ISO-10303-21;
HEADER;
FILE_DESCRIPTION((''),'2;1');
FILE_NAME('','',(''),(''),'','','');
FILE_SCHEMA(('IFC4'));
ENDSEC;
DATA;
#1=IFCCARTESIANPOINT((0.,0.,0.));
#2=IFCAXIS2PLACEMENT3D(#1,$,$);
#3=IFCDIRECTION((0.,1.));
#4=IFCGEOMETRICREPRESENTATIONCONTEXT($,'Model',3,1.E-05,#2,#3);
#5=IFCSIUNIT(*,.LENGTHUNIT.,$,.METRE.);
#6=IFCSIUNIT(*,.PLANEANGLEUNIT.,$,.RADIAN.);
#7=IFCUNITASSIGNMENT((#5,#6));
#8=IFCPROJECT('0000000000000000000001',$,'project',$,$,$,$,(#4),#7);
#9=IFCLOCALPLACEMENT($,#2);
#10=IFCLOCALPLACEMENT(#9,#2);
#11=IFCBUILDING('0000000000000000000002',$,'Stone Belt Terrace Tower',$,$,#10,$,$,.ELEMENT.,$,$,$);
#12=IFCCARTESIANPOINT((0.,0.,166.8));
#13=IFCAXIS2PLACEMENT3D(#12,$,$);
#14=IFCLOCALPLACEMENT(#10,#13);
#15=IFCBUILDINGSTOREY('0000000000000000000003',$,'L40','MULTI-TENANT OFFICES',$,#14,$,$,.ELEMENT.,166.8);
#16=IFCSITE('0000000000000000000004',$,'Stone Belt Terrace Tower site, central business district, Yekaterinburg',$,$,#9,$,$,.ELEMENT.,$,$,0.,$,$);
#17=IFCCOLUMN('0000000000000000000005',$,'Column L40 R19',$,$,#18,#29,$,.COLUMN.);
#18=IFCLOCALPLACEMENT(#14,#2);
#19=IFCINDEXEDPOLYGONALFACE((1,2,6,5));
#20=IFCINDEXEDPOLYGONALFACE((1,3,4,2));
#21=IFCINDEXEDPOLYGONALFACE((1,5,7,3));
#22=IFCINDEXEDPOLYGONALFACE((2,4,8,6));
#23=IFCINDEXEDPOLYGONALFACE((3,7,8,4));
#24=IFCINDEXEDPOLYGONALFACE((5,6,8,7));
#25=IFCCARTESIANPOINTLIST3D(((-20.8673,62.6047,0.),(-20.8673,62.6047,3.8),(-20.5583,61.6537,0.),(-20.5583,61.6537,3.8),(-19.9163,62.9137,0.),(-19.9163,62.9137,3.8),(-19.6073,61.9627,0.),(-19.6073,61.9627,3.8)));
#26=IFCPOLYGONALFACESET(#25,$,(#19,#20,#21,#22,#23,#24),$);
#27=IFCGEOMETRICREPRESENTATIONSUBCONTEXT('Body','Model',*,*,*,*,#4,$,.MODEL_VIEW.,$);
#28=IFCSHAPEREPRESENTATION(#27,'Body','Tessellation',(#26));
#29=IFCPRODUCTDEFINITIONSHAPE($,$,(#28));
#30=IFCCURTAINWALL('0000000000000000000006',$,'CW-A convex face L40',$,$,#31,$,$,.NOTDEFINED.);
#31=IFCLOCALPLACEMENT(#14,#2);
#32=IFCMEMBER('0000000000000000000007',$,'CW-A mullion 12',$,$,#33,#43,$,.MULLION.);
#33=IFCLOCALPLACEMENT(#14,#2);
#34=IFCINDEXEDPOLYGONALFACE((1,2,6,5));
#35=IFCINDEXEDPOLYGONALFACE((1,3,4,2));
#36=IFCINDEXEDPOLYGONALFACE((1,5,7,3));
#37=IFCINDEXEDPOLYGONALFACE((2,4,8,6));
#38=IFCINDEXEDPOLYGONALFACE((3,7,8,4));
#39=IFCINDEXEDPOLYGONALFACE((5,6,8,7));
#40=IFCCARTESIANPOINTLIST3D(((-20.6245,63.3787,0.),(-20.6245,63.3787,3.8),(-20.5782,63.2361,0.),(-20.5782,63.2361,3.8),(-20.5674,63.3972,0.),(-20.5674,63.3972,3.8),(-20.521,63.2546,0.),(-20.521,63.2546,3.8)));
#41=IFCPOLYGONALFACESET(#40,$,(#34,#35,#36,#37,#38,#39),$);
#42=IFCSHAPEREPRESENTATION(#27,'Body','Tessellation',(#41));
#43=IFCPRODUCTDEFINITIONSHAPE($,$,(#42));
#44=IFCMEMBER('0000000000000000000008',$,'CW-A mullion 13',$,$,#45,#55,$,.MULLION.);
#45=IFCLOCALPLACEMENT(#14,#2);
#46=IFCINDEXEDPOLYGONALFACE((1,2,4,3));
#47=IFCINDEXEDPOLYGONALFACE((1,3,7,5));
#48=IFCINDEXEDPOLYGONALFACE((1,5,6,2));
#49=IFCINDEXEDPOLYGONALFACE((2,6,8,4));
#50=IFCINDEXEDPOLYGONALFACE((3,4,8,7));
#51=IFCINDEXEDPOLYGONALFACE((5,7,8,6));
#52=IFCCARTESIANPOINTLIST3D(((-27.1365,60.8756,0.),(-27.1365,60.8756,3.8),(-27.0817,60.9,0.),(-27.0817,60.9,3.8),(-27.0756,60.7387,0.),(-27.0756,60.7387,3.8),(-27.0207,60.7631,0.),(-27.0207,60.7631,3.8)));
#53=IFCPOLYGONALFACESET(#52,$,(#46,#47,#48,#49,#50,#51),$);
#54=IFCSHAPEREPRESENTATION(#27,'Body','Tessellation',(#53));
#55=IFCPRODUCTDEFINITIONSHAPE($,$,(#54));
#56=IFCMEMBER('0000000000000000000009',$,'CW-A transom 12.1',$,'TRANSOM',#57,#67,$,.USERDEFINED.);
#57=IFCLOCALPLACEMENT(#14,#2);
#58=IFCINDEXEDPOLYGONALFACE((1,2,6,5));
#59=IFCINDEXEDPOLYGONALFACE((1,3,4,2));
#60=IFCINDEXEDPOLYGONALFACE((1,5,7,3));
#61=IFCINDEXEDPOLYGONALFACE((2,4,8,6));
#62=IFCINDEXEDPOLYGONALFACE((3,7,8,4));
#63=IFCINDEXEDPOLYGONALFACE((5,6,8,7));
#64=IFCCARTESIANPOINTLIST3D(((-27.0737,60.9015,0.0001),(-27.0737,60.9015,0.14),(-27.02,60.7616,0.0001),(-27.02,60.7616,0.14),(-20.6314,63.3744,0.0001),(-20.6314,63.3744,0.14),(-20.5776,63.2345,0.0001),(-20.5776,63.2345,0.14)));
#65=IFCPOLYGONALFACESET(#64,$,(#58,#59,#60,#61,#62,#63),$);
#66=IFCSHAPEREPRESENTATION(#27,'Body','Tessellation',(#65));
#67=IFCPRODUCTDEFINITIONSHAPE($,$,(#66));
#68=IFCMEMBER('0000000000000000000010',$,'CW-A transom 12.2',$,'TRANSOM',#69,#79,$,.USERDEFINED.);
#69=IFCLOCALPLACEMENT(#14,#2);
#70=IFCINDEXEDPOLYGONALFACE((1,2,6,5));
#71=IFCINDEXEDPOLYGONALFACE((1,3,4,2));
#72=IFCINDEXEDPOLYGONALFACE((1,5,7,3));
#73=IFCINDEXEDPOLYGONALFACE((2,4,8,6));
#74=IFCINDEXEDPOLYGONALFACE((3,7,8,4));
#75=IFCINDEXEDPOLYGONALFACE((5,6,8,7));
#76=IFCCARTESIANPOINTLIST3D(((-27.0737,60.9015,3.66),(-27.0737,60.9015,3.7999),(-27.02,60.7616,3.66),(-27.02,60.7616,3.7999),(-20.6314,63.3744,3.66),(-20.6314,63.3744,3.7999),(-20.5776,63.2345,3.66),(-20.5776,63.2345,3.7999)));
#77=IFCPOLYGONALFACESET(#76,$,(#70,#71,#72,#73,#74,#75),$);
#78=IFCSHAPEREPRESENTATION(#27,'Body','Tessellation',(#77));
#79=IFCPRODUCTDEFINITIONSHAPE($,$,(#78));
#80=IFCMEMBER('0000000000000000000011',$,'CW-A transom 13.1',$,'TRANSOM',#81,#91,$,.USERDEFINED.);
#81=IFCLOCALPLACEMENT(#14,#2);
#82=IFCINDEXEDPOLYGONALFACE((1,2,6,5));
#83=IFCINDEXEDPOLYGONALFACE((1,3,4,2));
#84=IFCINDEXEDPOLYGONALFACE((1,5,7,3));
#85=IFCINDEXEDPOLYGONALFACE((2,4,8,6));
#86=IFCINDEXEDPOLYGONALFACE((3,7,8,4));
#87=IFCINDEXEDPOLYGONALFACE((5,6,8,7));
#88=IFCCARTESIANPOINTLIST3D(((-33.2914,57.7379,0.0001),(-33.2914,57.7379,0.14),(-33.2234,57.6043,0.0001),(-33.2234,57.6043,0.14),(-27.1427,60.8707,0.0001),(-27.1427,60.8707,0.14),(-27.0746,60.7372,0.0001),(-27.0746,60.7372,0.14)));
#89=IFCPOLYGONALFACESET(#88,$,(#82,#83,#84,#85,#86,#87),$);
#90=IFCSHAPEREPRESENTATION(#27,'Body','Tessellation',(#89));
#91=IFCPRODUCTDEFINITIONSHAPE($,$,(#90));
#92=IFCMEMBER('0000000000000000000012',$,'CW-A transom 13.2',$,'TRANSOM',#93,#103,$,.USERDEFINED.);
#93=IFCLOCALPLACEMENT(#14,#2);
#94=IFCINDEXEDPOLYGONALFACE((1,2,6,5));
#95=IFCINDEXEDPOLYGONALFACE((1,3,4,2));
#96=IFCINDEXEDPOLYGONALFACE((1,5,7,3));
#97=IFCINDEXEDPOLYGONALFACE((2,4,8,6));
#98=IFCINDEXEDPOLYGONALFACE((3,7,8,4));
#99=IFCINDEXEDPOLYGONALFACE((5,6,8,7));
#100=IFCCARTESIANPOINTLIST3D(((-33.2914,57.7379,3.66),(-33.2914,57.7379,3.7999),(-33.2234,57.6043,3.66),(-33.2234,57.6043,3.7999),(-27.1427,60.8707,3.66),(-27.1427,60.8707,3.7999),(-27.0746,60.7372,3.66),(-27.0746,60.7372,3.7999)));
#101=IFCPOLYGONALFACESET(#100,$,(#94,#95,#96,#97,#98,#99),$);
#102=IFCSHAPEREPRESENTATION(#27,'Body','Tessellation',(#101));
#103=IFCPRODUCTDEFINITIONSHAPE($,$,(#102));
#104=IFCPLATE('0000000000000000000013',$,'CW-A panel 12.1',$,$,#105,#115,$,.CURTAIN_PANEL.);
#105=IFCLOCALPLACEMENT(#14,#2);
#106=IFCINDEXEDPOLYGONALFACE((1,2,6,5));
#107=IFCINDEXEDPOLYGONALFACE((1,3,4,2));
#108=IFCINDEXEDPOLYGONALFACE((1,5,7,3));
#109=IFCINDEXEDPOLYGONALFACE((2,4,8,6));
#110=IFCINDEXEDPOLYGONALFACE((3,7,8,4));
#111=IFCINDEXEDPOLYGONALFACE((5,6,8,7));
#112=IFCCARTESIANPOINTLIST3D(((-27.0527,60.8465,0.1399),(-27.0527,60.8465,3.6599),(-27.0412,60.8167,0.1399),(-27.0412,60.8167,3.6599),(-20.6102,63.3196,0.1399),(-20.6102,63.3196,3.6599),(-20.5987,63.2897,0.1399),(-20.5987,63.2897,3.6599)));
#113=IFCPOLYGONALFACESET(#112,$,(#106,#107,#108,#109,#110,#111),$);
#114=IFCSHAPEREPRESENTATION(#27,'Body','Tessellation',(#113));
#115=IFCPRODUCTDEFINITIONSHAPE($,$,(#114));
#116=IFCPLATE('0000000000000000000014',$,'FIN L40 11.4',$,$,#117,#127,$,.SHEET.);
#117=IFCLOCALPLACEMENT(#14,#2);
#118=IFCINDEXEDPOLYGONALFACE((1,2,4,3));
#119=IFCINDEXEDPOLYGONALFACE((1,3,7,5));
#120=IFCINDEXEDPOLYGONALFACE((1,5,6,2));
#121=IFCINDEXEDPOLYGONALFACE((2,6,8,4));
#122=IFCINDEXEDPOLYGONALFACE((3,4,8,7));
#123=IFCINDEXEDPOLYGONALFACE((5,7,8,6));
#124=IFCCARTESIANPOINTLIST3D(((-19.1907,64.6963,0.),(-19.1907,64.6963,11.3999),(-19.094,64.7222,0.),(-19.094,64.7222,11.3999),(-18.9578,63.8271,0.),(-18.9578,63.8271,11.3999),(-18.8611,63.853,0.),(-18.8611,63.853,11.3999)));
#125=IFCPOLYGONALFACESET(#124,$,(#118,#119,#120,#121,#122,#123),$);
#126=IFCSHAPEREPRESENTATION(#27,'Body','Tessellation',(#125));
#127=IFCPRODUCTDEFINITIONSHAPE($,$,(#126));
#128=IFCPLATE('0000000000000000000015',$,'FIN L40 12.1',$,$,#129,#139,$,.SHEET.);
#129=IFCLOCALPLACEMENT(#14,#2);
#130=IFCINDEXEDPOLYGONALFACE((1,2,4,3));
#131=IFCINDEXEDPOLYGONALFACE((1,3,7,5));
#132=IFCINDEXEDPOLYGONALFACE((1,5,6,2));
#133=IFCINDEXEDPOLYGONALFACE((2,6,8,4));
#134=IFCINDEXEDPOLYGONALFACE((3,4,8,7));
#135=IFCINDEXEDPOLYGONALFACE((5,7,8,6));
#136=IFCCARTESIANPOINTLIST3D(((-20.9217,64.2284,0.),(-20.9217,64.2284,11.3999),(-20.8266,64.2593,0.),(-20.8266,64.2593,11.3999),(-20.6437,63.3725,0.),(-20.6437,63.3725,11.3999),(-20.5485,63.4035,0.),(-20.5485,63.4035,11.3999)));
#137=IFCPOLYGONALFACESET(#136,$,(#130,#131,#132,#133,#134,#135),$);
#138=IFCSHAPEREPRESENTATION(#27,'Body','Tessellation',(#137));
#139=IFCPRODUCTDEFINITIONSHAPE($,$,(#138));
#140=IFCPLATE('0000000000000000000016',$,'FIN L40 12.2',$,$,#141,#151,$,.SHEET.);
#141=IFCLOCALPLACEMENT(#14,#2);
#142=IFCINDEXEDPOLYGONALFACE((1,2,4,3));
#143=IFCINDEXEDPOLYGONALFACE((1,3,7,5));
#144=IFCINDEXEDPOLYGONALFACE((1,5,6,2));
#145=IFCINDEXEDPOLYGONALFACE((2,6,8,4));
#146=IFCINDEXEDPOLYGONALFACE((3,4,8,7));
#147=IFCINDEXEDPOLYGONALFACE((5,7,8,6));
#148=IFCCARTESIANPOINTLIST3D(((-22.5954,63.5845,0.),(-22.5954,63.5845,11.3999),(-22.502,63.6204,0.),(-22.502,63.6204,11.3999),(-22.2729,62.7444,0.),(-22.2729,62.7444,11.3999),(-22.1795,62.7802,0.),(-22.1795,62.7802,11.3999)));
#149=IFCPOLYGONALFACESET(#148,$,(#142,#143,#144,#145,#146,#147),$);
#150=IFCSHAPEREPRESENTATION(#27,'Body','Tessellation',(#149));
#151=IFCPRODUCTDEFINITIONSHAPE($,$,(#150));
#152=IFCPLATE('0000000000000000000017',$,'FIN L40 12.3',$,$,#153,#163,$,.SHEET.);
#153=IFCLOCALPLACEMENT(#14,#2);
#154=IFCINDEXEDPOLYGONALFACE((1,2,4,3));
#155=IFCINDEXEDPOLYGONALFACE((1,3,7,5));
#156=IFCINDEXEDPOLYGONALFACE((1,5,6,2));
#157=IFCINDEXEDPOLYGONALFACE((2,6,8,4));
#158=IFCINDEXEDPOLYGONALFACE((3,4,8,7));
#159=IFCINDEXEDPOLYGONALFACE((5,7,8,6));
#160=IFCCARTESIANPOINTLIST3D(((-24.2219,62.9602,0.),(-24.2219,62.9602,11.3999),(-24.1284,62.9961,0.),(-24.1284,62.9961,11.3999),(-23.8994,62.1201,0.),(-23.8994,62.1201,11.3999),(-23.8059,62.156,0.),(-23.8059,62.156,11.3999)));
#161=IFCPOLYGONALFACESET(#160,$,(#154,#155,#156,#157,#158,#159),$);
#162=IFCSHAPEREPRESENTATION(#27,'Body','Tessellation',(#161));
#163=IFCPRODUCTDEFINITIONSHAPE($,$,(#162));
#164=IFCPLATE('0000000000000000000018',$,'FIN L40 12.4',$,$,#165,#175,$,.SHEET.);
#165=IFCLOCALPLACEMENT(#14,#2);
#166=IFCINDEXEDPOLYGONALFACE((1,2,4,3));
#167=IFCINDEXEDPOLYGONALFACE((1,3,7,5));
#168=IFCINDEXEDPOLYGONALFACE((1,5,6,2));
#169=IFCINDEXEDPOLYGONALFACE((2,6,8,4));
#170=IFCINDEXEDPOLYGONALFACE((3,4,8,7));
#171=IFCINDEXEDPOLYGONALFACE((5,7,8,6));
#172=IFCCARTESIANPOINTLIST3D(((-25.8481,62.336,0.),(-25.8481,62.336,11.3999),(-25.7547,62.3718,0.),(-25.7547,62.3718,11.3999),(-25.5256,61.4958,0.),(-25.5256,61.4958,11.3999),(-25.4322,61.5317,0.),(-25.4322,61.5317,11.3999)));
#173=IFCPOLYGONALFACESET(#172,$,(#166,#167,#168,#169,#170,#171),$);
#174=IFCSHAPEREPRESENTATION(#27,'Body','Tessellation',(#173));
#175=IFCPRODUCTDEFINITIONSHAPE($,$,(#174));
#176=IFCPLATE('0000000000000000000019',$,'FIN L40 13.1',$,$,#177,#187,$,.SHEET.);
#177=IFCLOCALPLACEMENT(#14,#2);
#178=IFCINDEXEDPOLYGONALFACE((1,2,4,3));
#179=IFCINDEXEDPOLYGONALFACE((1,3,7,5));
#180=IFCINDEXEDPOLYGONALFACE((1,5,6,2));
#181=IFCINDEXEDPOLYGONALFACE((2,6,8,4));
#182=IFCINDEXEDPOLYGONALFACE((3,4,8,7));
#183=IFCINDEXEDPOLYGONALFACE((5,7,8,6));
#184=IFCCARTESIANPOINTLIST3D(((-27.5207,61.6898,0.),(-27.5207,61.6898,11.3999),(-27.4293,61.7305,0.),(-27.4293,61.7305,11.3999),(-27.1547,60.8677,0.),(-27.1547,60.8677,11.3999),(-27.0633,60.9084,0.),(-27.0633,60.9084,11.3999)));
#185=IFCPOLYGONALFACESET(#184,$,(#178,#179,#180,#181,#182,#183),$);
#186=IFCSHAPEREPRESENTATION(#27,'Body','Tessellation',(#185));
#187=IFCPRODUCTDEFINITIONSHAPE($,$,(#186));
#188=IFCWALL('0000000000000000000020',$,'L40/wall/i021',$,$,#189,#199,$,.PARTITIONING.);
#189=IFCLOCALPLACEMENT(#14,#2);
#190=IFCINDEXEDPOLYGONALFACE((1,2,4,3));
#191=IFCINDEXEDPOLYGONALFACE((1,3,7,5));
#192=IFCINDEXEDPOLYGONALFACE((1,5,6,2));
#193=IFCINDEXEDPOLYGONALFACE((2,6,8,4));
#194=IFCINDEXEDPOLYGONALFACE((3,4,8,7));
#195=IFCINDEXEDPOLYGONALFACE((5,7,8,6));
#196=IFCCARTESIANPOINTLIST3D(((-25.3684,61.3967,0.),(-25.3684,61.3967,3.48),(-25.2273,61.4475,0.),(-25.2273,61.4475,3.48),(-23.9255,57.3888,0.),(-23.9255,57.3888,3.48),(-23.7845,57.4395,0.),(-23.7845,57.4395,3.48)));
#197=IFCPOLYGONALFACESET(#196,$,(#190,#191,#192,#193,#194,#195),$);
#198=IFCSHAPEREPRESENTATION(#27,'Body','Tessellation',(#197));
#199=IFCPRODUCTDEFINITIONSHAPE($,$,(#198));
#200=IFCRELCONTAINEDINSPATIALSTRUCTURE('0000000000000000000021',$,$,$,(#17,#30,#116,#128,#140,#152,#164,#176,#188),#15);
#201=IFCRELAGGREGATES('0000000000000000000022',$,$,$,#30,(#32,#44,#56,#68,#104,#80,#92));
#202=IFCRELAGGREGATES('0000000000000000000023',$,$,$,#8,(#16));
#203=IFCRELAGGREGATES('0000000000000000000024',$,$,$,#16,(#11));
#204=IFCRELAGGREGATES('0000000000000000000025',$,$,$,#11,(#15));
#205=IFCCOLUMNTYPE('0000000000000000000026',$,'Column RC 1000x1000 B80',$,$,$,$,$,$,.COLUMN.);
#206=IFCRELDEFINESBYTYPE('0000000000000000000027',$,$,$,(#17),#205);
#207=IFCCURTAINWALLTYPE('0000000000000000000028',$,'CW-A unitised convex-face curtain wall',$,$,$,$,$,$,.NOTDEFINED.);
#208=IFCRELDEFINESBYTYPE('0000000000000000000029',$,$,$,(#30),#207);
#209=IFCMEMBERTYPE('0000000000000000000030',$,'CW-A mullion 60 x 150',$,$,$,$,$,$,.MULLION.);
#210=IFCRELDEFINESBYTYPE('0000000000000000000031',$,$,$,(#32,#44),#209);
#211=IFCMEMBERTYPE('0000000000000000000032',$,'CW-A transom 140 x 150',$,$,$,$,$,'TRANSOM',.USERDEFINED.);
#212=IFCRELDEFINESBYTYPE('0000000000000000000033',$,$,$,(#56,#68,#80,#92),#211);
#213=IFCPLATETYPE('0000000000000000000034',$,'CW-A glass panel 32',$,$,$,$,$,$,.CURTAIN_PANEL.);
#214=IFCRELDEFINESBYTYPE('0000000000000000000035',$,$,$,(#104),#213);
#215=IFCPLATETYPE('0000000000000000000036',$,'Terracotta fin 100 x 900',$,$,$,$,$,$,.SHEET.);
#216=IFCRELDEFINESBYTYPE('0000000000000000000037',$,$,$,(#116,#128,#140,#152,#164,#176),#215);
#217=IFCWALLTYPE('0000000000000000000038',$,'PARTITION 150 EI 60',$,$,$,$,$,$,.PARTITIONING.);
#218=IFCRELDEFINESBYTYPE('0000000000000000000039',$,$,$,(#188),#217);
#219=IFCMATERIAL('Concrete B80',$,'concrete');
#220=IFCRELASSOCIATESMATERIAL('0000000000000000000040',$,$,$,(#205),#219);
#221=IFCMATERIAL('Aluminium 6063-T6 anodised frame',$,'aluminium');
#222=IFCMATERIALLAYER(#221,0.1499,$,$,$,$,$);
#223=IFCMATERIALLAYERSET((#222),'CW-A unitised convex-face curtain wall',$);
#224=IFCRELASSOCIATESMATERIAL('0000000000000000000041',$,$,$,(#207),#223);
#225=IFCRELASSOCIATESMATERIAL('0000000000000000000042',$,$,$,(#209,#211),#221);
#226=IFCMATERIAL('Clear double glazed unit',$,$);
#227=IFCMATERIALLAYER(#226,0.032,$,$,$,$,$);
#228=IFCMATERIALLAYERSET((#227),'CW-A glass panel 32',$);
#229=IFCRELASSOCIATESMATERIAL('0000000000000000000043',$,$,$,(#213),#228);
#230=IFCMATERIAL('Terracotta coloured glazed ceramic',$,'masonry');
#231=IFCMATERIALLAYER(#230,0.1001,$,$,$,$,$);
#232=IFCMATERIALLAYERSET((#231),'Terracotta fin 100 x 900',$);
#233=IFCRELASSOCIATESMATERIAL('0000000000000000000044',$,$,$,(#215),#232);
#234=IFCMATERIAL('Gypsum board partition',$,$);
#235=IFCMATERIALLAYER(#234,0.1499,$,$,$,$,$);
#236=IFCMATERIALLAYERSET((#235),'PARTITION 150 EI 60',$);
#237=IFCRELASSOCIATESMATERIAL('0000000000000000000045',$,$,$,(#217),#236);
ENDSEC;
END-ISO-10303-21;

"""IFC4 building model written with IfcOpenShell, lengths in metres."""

from ifc_helpers import new_model, si_unit, direction, frame, frame_2d, origin, origin_2d, place, context, subcontext, project, spatial, rectangle, extrude, material, layer, layer_set, material_profile, profile_set, type_object, element, aggregate, save


model = new_model("IFC4")

# Units and contexts
model_context = context("Model", 3, precision=1e-05, world=origin(), true_north=direction((0.0, 1.0)))
body_context = subcontext(model_context, "Body", "Model", "MODEL_VIEW")
ifc_project = project(units=[si_unit("LENGTHUNIT", "METRE"), si_unit("PLANEANGLEUNIT", "RADIAN")], contexts=[model_context])

# Site, building, storey
site_placement = place(None, origin())
site = spatial("IfcSite", under=ifc_project, at=site_placement, Name="Stone Belt Terrace Tower site, central business district, Yekaterinburg", CompositionType="ELEMENT", RefElevation=0.0)
building_placement = place(site_placement, origin())
building = spatial("IfcBuilding", under=site, at=building_placement, Name="Stone Belt Terrace Tower", CompositionType="ELEMENT")
storey_placement = place(building_placement, frame((0.0, 0.0, 166.8)))
storey = spatial("IfcBuildingStorey", under=building, at=storey_placement, Name="L40", Description="MULTI-TENANT OFFICES", CompositionType="ELEMENT", Elevation=166.8)

# Column
ifc_material_1 = material(Name="Concrete B80", Category="concrete")
ifc_material_profile_1 = material_profile(ifc_material_1, rectangle(XDim=1.0, YDim=1.0, at=origin_2d()), Name="RC 1000x1000")
ifc_profile_set_1 = profile_set([ifc_material_profile_1], Name="Concrete B80")
column_type = type_object("IfcColumnType", Name="Column RC 1000x1000 B80", PredefinedType="COLUMN", material=ifc_profile_set_1)
column_placement = place(storey_placement, frame((-20.2373, 62.2837, 0.0), z_axis=(0.0, 0.0, 1.0), x_axis=(0.951057, 0.309017, 0.0)))
element("IfcColumn", 1, at=column_placement, inside=storey, type_object=column_type, Name="Column L40 R19", PredefinedType="COLUMN", context=body_context, shape_type="SweptSolid", body=[
    extrude(rectangle(XDim=1.0, YDim=1.0, at=origin_2d()), origin(), (0.0, 0.0, 1.0), 3.8),
])

# Curtain wall, members, plate
ifc_material_2 = material(Name="Aluminium 6063-T6 anodised frame", Category="aluminium")
ifc_layer_1 = layer(ifc_material_2, 0.1499)
ifc_layer_set_1 = layer_set([ifc_layer_1], Name="CW-A unitised convex-face curtain wall")
curtain_wall_type = type_object("IfcCurtainWallType", Name="CW-A unitised convex-face curtain wall", PredefinedType="NOTDEFINED", material=ifc_layer_set_1)
curtain_wall_placement = place(storey_placement, origin())
curtain_wall = element("IfcCurtainWall", 2, at=curtain_wall_placement, inside=storey, type_object=curtain_wall_type, Name="CW-A convex face L40", PredefinedType="NOTDEFINED")
ifc_material_profile_2 = material_profile(ifc_material_2, rectangle(XDim=0.1499, YDim=0.0601, at=origin_2d()), Name="Aluminium 6063-T6 60x150")
ifc_profile_set_2 = profile_set([ifc_material_profile_2], Name="Aluminium 6063-T6 anodised frame")
member_type_1 = type_object("IfcMemberType", Name="CW-A mullion 60 x 150", PredefinedType="MULLION", material=ifc_profile_set_2)
member_1_placement = place(storey_placement, frame((-20.5728, 63.3167, 0.0), z_axis=(0.0, 0.0, 1.0), x_axis=(0.309017, -0.951057, 0.0)))
member_1 = element("IfcMember", 3, at=member_1_placement, type_object=member_type_1, Name="CW-A mullion 12", PredefinedType="MULLION", context=body_context, shape_type="SweptSolid", body=[
    extrude(rectangle(XDim=0.1499, YDim=0.0601, at=origin_2d()), origin(), (0.0, 0.0, 1.0), 3.8),
])
member_2_placement = place(storey_placement, frame((-27.0786, 60.8193, 0.0), z_axis=(0.0, 0.0, 1.0), x_axis=(0.406737, -0.913545, 0.0)))
member_2 = element("IfcMember", 4, at=member_2_placement, type_object=member_type_1, Name="CW-A mullion 13", PredefinedType="MULLION", context=body_context, shape_type="SweptSolid", body=[
    extrude(rectangle(XDim=0.1499, YDim=0.0601, at=origin_2d()), origin(), (0.0, 0.0, 1.0), 3.8),
])
ifc_material_profile_3 = material_profile(ifc_material_2, rectangle(XDim=0.1499, YDim=0.1399, at=origin_2d()), Name="Aluminium 6063-T6 150x140")
ifc_profile_set_3 = profile_set([ifc_material_profile_3], Name="Aluminium 6063-T6 anodised frame")
member_type_2 = type_object("IfcMemberType", Name="CW-A transom 140 x 150", ElementType="TRANSOM", PredefinedType="USERDEFINED", material=ifc_profile_set_3)
member_3_placement = place(storey_placement, frame((-20.6045, 63.3044, 0.0701), z_axis=(-0.933585, -0.358355, 0.0), x_axis=(0.358355, -0.933585, 0.0)))
member_3 = element("IfcMember", 5, at=member_3_placement, type_object=member_type_2, Name="CW-A transom 12.1", ObjectType="TRANSOM", PredefinedType="USERDEFINED", context=body_context, shape_type="SweptSolid", body=[
    extrude(rectangle(XDim=0.1499, YDim=0.1399, at=origin_2d()), origin(), (0.0, 0.0, 1.0), 6.9006),
])
member_4_placement = place(storey_placement, frame((-20.6045, 63.3044, 3.73), z_axis=(-0.933585, -0.358355, 0.0), x_axis=(0.358355, -0.933585, 0.0)))
member_4 = element("IfcMember", 6, at=member_4_placement, type_object=member_type_2, Name="CW-A transom 12.2", ObjectType="TRANSOM", PredefinedType="USERDEFINED", context=body_context, shape_type="SweptSolid", body=[
    extrude(rectangle(XDim=0.1499, YDim=0.1399, at=origin_2d()), origin(), (0.0, 0.0, 1.0), 6.9006),
])
member_5_placement = place(storey_placement, frame((-27.1086, 60.804, 0.0701), z_axis=(-0.891012, -0.453979, 0.0), x_axis=(0.453979, -0.891012, 0.0)))
member_5 = element("IfcMember", 7, at=member_5_placement, type_object=member_type_2, Name="CW-A transom 13.1", ObjectType="TRANSOM", PredefinedType="USERDEFINED", context=body_context, shape_type="SweptSolid", body=[
    extrude(rectangle(XDim=0.1499, YDim=0.1399, at=origin_2d()), origin(), (0.0, 0.0, 1.0), 6.9009),
])
member_6_placement = place(storey_placement, frame((-27.1086, 60.804, 3.73), z_axis=(-0.891012, -0.453979, 0.0), x_axis=(0.453979, -0.891012, 0.0)))
member_6 = element("IfcMember", 8, at=member_6_placement, type_object=member_type_2, Name="CW-A transom 13.2", ObjectType="TRANSOM", PredefinedType="USERDEFINED", context=body_context, shape_type="SweptSolid", body=[
    extrude(rectangle(XDim=0.1499, YDim=0.1399, at=origin_2d()), origin(), (0.0, 0.0, 1.0), 6.9009),
])
ifc_material_3 = material(Name="Clear double glazed unit")
ifc_layer_2 = layer(ifc_material_3, 0.032)
ifc_layer_set_2 = layer_set([ifc_layer_2], Name="CW-A glass panel 32")
plate_type_1 = type_object("IfcPlateType", Name="CW-A glass panel 32", PredefinedType="CURTAIN_PANEL", material=ifc_layer_set_2)
plate_placement = place(storey_placement, frame((-23.8257, 62.0681, 0.1399), z_axis=(0.0, 0.0, 1.0), x_axis=(-0.93358, -0.358368, 0.0)))
plate = element("IfcPlate", 9, at=plate_placement, type_object=plate_type_1, Name="CW-A panel 12.1", PredefinedType="CURTAIN_PANEL", context=body_context, shape_type="SweptSolid", body=[
    extrude(rectangle(XDim=6.9009, YDim=0.032, at=origin_2d()), origin(), (0.0, 0.0, 1.0), 3.52),
])
aggregate(curtain_wall, [member_1, member_2, member_3, member_4, plate, member_5, member_6])

# Plates
ifc_material_4 = material(Name="Terracotta coloured glazed ceramic", Category="masonry")
ifc_layer_3 = layer(ifc_material_4, 0.1001)
ifc_layer_set_3 = layer_set([ifc_layer_3], Name="Terracotta fin 100 x 900")
plate_type_2 = type_object("IfcPlateType", Name="Terracotta fin 100 x 900", PredefinedType="SHEET", material=ifc_layer_set_3)
for number, where, z_axis, x_axis, name in (
    (10, (-19.0259, 64.2747, 0.0), (0.0, 0.0, 1.0), (-0.258819, 0.965926, 0.0), "FIN L40 11.4"),
    (11, (-20.7351, 63.8159, 0.0), (0.0, 0.0, 1.0), (-0.309017, 0.951057, 0.0), "FIN L40 12.1"),
    (12, (-22.3875, 63.1824, 0.0), (0.0, 0.0, 1.0), (-0.358368, 0.93358, 0.0), "FIN L40 12.2"),
    (13, (-24.0139, 62.5581, 0.0), (0.0, 0.0, 1.0), (-0.358368, 0.93358, 0.0), "FIN L40 12.3"),
    (14, (-25.6401, 61.9338, 0.0), (0.0, 0.0, 1.0), (-0.358368, 0.93358, 0.0), "FIN L40 12.4"),
    (15, (-27.292, 61.2991, 0.0), (0.0, 0.0, 1.0), (-0.406737, 0.913545, 0.0), "FIN L40 13.1"),
):
    element("IfcPlate", number, at=place(storey_placement, frame(where, z_axis=z_axis, x_axis=x_axis)), inside=storey, type_object=plate_type_2, Name=name, PredefinedType="SHEET", context=body_context, shape_type="SweptSolid", body=[
        extrude(rectangle(XDim=0.8999, YDim=0.1001, at=origin_2d()), origin(), (0.0, 0.0, 1.0), 11.3999),
    ])

# Wall
ifc_material_5 = material(Name="Gypsum board partition")
ifc_layer_4 = layer(ifc_material_5, 0.1499)
ifc_layer_set_4 = layer_set([ifc_layer_4], Name="PARTITION 150 EI 60")
wall_type = type_object("IfcWallType", Name="PARTITION 150 EI 60", PredefinedType="PARTITIONING", material=ifc_layer_set_4)
wall_placement = place(storey_placement, frame((-25.2979, 61.4221, 0.0), z_axis=(0.0, 0.0, 1.0), x_axis=(0.338713, -0.94089, 0.0)))
element("IfcWall", 16, at=wall_placement, inside=storey, type_object=wall_type, Name="L40/wall/i021", PredefinedType="PARTITIONING", context=body_context, shape_type="SweptSolid", body=[
    extrude(rectangle(XDim=4.2598, YDim=0.1499, at=frame_2d((2.1299, 0.0))), origin(), (0.0, 0.0, 1.0), 3.48),
])

save(model, "model.ifc")
